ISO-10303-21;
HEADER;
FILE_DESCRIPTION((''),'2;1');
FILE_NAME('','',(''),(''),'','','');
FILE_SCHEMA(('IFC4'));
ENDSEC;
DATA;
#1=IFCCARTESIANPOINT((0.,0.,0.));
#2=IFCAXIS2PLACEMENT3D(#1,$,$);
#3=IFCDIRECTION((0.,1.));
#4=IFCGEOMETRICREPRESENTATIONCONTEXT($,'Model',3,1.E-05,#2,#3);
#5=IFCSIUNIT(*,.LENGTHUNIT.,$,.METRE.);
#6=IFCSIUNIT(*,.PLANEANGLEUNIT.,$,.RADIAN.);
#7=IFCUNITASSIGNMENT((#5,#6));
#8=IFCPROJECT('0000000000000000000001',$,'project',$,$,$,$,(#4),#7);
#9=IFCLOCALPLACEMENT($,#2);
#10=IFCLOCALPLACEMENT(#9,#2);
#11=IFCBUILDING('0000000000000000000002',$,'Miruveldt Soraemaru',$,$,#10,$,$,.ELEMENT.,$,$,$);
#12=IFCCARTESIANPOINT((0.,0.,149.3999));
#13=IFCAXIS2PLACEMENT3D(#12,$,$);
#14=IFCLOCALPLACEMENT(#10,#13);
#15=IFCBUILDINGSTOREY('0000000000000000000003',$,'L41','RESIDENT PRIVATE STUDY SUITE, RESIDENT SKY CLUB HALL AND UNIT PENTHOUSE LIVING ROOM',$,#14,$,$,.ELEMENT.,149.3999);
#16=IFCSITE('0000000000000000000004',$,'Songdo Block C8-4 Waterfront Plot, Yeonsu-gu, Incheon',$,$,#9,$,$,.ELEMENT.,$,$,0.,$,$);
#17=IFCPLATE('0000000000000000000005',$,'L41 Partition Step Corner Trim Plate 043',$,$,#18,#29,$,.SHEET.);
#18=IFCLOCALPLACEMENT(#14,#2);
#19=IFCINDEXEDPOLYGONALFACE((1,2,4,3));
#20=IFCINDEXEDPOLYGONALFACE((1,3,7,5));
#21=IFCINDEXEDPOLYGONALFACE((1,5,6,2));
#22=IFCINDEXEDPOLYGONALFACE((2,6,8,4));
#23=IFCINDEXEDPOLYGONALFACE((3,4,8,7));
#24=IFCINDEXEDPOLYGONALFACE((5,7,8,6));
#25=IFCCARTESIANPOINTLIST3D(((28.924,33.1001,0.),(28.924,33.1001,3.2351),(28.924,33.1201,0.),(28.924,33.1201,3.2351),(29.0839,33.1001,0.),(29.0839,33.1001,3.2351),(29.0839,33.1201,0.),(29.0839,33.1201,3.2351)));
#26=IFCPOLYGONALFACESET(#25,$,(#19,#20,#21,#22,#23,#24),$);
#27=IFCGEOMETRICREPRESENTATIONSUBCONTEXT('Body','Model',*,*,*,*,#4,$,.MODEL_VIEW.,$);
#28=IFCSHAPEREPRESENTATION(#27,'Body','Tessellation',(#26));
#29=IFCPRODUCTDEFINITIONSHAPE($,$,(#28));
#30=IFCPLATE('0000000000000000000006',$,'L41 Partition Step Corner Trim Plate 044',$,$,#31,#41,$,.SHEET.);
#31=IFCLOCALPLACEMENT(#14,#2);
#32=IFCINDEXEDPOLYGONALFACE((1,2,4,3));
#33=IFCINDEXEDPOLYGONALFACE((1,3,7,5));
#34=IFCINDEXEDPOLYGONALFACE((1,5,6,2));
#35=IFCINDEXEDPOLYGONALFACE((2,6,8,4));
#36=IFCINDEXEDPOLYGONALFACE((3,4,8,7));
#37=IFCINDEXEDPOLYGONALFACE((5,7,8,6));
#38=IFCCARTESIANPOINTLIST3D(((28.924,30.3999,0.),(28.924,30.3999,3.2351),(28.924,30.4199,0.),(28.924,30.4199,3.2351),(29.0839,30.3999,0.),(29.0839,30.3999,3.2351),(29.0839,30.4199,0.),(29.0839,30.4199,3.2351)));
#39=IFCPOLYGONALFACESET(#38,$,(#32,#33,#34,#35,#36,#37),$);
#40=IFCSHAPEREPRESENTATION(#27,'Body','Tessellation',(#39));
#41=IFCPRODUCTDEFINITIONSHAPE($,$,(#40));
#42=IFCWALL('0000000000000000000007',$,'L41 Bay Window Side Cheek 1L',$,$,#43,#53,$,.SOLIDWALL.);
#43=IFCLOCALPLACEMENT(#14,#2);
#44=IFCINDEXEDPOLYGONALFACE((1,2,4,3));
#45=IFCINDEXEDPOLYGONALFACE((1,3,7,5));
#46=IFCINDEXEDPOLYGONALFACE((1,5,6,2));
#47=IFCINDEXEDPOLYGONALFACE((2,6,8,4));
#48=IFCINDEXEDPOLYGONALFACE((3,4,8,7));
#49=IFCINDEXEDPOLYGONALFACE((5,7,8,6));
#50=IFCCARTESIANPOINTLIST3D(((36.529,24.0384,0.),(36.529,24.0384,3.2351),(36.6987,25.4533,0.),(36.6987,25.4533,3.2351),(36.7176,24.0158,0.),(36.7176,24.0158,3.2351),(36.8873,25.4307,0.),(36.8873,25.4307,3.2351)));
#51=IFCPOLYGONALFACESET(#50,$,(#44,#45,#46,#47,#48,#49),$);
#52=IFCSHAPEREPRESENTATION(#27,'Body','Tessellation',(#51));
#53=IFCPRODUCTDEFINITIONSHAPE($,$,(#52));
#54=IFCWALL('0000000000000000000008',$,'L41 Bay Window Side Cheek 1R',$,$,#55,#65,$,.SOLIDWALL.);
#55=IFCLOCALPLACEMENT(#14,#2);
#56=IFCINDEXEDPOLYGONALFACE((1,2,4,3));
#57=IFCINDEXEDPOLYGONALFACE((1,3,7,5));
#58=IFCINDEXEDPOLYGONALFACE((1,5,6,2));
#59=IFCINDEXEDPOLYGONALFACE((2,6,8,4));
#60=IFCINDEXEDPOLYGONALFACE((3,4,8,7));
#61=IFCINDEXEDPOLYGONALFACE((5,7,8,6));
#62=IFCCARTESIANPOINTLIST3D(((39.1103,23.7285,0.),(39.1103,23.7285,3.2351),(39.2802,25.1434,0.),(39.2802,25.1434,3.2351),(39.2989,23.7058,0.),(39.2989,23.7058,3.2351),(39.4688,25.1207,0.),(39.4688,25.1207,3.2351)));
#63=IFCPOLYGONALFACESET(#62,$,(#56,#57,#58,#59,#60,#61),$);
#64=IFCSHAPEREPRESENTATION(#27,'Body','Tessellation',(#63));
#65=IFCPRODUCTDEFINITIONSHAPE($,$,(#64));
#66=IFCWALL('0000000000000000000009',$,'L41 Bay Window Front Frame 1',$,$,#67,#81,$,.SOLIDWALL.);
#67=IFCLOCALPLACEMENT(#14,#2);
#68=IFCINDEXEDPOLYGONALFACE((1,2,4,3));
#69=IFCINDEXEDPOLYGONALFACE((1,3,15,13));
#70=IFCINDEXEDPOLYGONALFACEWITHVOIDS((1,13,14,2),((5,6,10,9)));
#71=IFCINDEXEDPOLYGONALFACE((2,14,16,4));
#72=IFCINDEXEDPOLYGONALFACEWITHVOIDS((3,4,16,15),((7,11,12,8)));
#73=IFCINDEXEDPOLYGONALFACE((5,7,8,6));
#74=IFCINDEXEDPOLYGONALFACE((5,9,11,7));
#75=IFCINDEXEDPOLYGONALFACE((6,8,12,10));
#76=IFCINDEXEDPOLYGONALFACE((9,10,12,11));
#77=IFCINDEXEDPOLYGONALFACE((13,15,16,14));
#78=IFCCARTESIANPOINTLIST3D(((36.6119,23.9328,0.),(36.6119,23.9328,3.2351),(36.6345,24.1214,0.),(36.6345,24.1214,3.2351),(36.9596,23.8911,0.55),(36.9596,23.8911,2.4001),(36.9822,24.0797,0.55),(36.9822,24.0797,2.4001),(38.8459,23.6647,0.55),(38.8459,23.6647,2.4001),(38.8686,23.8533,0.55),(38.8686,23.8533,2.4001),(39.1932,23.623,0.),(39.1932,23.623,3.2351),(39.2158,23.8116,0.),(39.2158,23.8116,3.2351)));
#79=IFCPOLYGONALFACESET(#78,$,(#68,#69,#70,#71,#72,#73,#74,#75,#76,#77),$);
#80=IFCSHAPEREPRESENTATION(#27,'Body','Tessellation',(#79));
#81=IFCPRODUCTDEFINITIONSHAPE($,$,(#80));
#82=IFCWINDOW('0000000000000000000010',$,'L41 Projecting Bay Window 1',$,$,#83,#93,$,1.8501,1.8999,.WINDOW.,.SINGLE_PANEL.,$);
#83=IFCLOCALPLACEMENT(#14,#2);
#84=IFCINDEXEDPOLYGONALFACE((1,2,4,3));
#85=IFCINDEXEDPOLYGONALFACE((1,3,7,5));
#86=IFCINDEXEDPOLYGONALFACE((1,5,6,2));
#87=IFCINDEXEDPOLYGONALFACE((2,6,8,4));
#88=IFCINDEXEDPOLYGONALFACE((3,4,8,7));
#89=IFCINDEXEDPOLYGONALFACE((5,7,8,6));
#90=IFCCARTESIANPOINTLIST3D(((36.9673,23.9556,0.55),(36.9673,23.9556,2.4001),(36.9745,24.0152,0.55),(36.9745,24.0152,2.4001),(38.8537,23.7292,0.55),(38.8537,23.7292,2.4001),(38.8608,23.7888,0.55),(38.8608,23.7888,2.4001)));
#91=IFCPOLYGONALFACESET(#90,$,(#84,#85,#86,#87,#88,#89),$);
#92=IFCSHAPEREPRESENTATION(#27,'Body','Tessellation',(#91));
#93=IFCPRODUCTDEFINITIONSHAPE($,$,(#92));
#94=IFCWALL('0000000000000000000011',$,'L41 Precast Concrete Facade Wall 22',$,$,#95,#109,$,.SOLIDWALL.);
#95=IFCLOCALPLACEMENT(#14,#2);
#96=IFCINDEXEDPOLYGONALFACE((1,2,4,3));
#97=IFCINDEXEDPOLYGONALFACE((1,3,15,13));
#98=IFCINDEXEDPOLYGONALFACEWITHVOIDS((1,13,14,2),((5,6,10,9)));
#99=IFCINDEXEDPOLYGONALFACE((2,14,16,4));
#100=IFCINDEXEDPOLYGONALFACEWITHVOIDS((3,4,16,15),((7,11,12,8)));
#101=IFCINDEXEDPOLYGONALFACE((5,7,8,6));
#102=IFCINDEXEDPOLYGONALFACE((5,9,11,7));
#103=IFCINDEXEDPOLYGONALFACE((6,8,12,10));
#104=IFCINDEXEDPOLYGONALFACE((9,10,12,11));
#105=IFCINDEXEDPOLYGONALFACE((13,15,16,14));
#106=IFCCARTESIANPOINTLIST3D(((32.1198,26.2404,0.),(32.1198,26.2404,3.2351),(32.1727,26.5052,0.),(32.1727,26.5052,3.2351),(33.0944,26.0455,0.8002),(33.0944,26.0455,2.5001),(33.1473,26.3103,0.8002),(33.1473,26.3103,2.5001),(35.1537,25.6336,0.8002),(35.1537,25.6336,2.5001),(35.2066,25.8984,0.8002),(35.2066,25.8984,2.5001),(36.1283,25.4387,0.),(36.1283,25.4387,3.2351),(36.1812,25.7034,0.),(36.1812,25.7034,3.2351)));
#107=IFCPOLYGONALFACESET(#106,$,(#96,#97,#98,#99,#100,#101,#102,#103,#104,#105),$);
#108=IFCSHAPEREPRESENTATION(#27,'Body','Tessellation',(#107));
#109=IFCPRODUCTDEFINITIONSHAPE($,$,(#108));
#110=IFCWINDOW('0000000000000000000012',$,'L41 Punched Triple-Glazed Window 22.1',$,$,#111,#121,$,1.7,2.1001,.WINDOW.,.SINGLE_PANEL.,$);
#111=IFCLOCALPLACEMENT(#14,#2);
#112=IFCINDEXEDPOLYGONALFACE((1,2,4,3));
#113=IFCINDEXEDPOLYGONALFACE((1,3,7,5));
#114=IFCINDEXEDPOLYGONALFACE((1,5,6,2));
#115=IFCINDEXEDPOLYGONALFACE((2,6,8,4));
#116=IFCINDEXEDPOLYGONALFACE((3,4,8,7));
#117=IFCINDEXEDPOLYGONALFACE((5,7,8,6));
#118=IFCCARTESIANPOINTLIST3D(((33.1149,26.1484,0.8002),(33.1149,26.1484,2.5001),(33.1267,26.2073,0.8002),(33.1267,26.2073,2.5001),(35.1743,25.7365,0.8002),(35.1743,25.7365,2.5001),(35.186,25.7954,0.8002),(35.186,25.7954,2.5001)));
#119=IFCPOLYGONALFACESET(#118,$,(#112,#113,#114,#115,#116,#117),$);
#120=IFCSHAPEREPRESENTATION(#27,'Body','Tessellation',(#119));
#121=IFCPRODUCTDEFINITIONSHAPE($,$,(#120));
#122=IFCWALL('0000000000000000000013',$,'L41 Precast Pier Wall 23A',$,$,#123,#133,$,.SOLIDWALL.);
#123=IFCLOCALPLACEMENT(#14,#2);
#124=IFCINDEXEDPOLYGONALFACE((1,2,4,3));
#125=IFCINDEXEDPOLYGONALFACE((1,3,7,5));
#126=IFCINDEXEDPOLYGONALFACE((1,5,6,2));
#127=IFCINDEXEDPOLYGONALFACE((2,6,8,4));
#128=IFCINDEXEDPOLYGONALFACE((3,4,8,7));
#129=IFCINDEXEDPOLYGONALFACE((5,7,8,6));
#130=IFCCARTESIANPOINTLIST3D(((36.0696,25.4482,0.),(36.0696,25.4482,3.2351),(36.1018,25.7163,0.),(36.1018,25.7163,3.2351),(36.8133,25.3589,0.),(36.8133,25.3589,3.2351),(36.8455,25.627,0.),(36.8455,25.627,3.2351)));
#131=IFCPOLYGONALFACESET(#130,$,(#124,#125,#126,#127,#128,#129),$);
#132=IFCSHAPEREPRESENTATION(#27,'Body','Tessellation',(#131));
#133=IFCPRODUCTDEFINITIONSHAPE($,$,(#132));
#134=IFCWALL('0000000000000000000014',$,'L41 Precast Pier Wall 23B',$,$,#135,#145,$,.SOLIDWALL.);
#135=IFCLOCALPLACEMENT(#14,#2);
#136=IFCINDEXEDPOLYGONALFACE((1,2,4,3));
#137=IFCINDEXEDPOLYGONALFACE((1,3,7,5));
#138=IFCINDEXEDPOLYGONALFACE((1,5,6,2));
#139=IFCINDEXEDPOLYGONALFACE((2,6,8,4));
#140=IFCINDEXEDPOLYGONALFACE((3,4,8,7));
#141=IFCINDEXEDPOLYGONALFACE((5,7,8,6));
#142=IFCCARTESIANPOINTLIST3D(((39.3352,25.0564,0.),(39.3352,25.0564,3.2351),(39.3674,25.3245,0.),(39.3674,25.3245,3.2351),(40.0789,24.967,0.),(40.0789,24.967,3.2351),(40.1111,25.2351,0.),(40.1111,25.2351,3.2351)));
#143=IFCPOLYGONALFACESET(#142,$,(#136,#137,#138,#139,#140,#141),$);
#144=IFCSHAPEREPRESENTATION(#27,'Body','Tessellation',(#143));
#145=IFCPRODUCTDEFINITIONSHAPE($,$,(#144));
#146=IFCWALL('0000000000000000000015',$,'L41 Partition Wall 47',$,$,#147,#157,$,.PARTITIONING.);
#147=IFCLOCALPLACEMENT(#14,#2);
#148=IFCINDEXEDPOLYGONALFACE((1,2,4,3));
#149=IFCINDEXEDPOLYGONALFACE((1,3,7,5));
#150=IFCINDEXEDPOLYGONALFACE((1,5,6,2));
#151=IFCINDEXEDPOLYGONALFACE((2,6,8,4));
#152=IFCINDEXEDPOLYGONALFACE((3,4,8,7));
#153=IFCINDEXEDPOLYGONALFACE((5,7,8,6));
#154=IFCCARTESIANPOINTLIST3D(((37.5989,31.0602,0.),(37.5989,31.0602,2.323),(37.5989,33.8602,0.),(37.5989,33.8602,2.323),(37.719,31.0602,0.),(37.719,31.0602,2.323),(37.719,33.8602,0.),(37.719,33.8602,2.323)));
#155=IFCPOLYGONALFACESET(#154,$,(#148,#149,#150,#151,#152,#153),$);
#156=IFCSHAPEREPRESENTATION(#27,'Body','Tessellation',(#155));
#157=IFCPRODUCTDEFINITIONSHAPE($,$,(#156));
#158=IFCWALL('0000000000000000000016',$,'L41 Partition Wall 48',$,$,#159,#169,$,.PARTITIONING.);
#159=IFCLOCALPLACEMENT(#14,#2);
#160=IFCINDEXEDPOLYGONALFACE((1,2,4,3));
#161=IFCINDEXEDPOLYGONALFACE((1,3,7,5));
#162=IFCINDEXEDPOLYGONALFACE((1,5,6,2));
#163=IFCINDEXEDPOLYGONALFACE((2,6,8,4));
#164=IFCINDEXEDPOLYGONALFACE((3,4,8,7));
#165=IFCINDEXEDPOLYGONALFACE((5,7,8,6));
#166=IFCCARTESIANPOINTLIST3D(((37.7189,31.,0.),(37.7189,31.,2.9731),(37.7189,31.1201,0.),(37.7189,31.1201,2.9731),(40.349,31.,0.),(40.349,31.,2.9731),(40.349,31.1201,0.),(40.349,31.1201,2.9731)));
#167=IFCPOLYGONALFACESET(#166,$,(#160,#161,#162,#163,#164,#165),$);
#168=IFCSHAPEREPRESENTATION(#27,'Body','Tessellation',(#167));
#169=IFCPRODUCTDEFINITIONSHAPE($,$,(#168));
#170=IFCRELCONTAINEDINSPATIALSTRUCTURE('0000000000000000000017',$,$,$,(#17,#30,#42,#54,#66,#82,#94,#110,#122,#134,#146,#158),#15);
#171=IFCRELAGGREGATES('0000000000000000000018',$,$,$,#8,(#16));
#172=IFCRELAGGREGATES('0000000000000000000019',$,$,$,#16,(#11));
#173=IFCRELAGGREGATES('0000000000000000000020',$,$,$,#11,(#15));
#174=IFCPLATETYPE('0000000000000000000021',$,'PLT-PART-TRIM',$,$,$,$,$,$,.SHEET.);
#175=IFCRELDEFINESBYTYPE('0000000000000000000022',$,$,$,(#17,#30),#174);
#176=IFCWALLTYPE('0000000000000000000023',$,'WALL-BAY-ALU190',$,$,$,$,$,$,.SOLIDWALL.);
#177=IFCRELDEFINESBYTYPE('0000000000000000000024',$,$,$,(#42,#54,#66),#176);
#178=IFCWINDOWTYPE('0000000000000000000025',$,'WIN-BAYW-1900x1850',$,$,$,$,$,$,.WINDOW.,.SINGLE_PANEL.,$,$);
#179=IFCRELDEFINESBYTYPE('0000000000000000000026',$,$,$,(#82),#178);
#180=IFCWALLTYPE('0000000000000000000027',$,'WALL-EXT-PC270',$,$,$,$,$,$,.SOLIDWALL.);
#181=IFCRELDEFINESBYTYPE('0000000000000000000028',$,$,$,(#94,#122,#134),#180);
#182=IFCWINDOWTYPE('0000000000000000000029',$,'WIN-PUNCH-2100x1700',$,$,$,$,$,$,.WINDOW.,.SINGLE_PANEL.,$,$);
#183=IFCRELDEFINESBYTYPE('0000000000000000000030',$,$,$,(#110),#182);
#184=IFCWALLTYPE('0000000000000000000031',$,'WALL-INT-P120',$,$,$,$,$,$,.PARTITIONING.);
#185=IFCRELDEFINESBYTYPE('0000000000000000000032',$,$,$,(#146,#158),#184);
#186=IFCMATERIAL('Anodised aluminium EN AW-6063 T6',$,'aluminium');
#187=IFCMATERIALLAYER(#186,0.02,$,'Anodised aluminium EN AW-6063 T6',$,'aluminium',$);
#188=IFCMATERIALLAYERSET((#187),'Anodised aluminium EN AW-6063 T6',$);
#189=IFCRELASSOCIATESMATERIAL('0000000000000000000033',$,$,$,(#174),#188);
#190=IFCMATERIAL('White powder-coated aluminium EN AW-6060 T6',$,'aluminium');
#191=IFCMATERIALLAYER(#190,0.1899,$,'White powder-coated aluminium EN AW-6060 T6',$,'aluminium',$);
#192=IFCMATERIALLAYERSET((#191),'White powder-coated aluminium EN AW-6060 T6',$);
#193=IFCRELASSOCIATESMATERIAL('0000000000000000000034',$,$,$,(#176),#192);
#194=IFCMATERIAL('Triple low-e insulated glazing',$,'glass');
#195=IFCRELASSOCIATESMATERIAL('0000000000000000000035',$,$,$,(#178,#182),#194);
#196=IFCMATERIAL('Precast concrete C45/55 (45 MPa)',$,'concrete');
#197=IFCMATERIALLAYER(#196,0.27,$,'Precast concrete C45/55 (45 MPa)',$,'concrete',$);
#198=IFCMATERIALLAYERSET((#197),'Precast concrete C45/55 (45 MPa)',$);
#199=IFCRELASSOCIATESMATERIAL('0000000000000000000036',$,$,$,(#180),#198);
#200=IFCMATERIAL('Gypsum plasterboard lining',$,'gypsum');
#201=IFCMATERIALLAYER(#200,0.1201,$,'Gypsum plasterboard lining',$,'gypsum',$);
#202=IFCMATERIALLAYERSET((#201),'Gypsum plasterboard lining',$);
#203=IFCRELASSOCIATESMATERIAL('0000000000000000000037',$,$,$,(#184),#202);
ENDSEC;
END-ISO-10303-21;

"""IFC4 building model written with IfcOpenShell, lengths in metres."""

from ifc_helpers import new_model, si_unit, direction, frame, frame_2d, origin, origin_2d, place, context, subcontext, project, spatial, rectangle, extrude, material, layer, layer_set, type_object, element, fill, save


model = new_model("IFC4")

# Units and contexts
model_context = context("Model", 3, precision=1e-05, world=origin(), true_north=direction((0.0, 1.0)))
body_context = subcontext(model_context, "Body", "Model", "MODEL_VIEW")
ifc_project = project(units=[si_unit("LENGTHUNIT", "METRE"), si_unit("PLANEANGLEUNIT", "RADIAN")], contexts=[model_context])

# Site, building, storey
site_placement = place(None, origin())
site = spatial("IfcSite", under=ifc_project, at=site_placement, Name="Songdo Block C8-4 Waterfront Plot, Yeonsu-gu, Incheon", CompositionType="ELEMENT", RefElevation=0.0)
building_placement = place(site_placement, origin())
building = spatial("IfcBuilding", under=site, at=building_placement, Name="Miruveldt Soraemaru", CompositionType="ELEMENT")
storey_placement = place(building_placement, frame((0.0, 0.0, 149.3999)))
storey = spatial("IfcBuildingStorey", under=building, at=storey_placement, Name="L41", Description="RESIDENT PRIVATE STUDY SUITE, RESIDENT SKY CLUB HALL AND UNIT PENTHOUSE LIVING ROOM", CompositionType="ELEMENT", Elevation=149.3999)

# Plates
ifc_material_1 = material(Name="Anodised aluminium EN AW-6063 T6", Category="aluminium")
ifc_layer_1 = layer(ifc_material_1, 0.02, Name="Anodised aluminium EN AW-6063 T6", Category="aluminium")
ifc_layer_set_1 = layer_set([ifc_layer_1], Name="Anodised aluminium EN AW-6063 T6")
plate_type = type_object("IfcPlateType", Name="PLT-PART-TRIM", PredefinedType="SHEET", material=ifc_layer_set_1)
for number, where, z_axis, x_axis, name in (
    (1, (29.0039, 33.1101, 0.0), (0.0, 0.0, 1.0), (-1.0, 0.0, 0.0), "L41 Partition Step Corner Trim Plate 043"),
    (2, (29.0039, 30.4099, 0.0), (0.0, 0.0, 1.0), (1.0, 0.0, 0.0), "L41 Partition Step Corner Trim Plate 044"),
):
    element("IfcPlate", number, at=place(storey_placement, frame(where, z_axis=z_axis, x_axis=x_axis)), inside=storey, type_object=plate_type, Name=name, PredefinedType="SHEET", context=body_context, shape_type="SweptSolid", body=[
        extrude(rectangle(XDim=0.1599, YDim=0.02, at=origin_2d()), origin(), (0.0, 0.0, 1.0), 3.2351),
    ])

# Walls
ifc_material_2 = material(Name="White powder-coated aluminium EN AW-6060 T6", Category="aluminium")
ifc_layer_2 = layer(ifc_material_2, 0.1899, Name="White powder-coated aluminium EN AW-6060 T6", Category="aluminium")
ifc_layer_set_2 = layer_set([ifc_layer_2], Name="White powder-coated aluminium EN AW-6060 T6")
wall_type_1 = type_object("IfcWallType", Name="WALL-BAY-ALU190", PredefinedType="SOLIDWALL", material=ifc_layer_set_2)
for number, where, z_axis, x_axis, name in (
    (3, (36.793, 25.4419, 0.0), (0.0, 0.0, 1.0), (-0.119078, -0.992885, 0.0), "L41 Bay Window Side Cheek 1L"),
    (4, (39.2046, 23.7173, 0.0), (0.0, 0.0, 1.0), (0.119247, 0.992865, 0.0), "L41 Bay Window Side Cheek 1R"),
):
    element("IfcWall", number, at=place(storey_placement, frame(where, z_axis=z_axis, x_axis=x_axis)), inside=storey, type_object=wall_type_1, Name=name, PredefinedType="SOLIDWALL", context=body_context, shape_type="SweptSolid", body=[
        extrude(rectangle(XDim=1.425, YDim=0.1899, at=frame_2d((0.7124, 0.0))), origin(), (0.0, 0.0, 1.0), 3.2351),
    ])

# Walls, openings, windows
wall_1_placement = place(storey_placement, frame((36.6233, 24.0271, 0.0), z_axis=(0.0, 0.0, 1.0), x_axis=(0.992874, -0.119167, 0.0)))
wall_1 = element("IfcWall", 5, at=wall_1_placement, inside=storey, type_object=wall_type_1, Name="L41 Bay Window Front Frame 1", PredefinedType="SOLIDWALL", context=body_context, shape_type="SweptSolid", body=[
    extrude(rectangle(XDim=2.5999, YDim=0.1899, at=frame_2d((1.2998, 0.0))), origin(), (0.0, 0.0, 1.0), 3.2351),
])
opening_1_placement = place(wall_1_placement, frame((0.3501, 0.0, 0.55)))
opening_1 = element("IfcOpeningElement", 6, at=opening_1_placement, cuts=wall_1, PredefinedType="OPENING", context=body_context, shape_type="SweptSolid", body=[
    extrude(rectangle(XDim=1.8999, YDim=1.8501, at=frame_2d((0.95, 0.925))), frame((0.0, 0.105, 0.0), z_axis=(0.0, -1.0, 0.0), x_axis=(1.0, 0.0, 0.0)), (0.0, 0.0, 1.0), 0.21),
])
ifc_material_3 = material(Name="Triple low-e insulated glazing", Category="glass")
window_type_1 = type_object("IfcWindowType", Name="WIN-BAYW-1900x1850", PartitioningType="SINGLE_PANEL", PredefinedType="WINDOW", material=ifc_material_3)
window_1_placement = place(opening_1_placement, origin())
window_1 = element("IfcWindow", 7, at=window_1_placement, inside=storey, type_object=window_type_1, Name="L41 Projecting Bay Window 1", OverallHeight=1.8501, OverallWidth=1.8999, PartitioningType="SINGLE_PANEL", PredefinedType="WINDOW", context=body_context, shape_type="SweptSolid", body=[
    extrude(rectangle(XDim=1.8999, YDim=1.8501, at=frame_2d((0.95, 0.925))), frame((0.0, 0.03, 0.0), z_axis=(0.0, -1.0, 0.0), x_axis=(1.0, 0.0, 0.0)), (0.0, 0.0, 1.0), 0.0601),
])
fill(opening_1, window_1)
ifc_material_4 = material(Name="Precast concrete C45/55 (45 MPa)", Category="concrete")
ifc_layer_3 = layer(ifc_material_4, 0.27, Name="Precast concrete C45/55 (45 MPa)", Category="concrete")
ifc_layer_set_3 = layer_set([ifc_layer_3], Name="Precast concrete C45/55 (45 MPa)")
wall_type_2 = type_object("IfcWallType", Name="WALL-EXT-PC270", PredefinedType="SOLIDWALL", material=ifc_layer_set_3)
wall_2_placement = place(storey_placement, frame((32.1462, 26.3728, 0.0), z_axis=(0.0, 0.0, 1.0), x_axis=(0.980578, -0.196128, 0.0)))
wall_2 = element("IfcWall", 8, at=wall_2_placement, inside=storey, type_object=wall_type_2, Name="L41 Precast Concrete Facade Wall 22", PredefinedType="SOLIDWALL", context=body_context, shape_type="SweptSolid", body=[
    extrude(rectangle(XDim=4.0879, YDim=0.27, at=frame_2d((2.0439, 0.0))), origin(), (0.0, 0.0, 1.0), 3.2351),
])
opening_2_placement = place(wall_2_placement, frame((0.9939, 0.0, 0.8)))
opening_2 = element("IfcOpeningElement", 9, at=opening_2_placement, cuts=wall_2, PredefinedType="OPENING", context=body_context, shape_type="SweptSolid", body=[
    extrude(rectangle(XDim=2.1001, YDim=1.7, at=frame_2d((1.05, 0.8501))), frame((0.0, 0.145, 0.0), z_axis=(0.0, -1.0, 0.0), x_axis=(1.0, 0.0, 0.0)), (0.0, 0.0, 1.0), 0.29),
])
window_type_2 = type_object("IfcWindowType", Name="WIN-PUNCH-2100x1700", PartitioningType="SINGLE_PANEL", PredefinedType="WINDOW", material=ifc_material_3)
window_2_placement = place(opening_2_placement, origin())
window_2 = element("IfcWindow", 10, at=window_2_placement, inside=storey, type_object=window_type_2, Name="L41 Punched Triple-Glazed Window 22.1", OverallHeight=1.7, OverallWidth=2.1001, PartitioningType="SINGLE_PANEL", PredefinedType="WINDOW", context=body_context, shape_type="SweptSolid", body=[
    extrude(rectangle(XDim=2.1001, YDim=1.7, at=frame_2d((1.05, 0.8501))), frame((0.0, 0.03, 0.0), z_axis=(0.0, -1.0, 0.0), x_axis=(1.0, 0.0, 0.0)), (0.0, 0.0, 1.0), 0.0601),
])
fill(opening_2, window_2)

# Walls
for number, where, z_axis, x_axis, name in (
    (11, (36.0857, 25.5823, 0.0), (0.0, 0.0, 1.0), (0.992858, -0.119299, 0.0), "L41 Precast Pier Wall 23A"),
    (12, (39.3513, 25.1904, 0.0), (0.0, 0.0, 1.0), (0.992858, -0.119299, 0.0), "L41 Precast Pier Wall 23B"),
):
    element("IfcWall", number, at=place(storey_placement, frame(where, z_axis=z_axis, x_axis=x_axis)), inside=storey, type_object=wall_type_2, Name=name, PredefinedType="SOLIDWALL", context=body_context, shape_type="SweptSolid", body=[
        extrude(rectangle(XDim=0.749, YDim=0.27, at=frame_2d((0.3745, 0.0))), origin(), (0.0, 0.0, 1.0), 3.2351),
    ])
ifc_material_5 = material(Name="Gypsum plasterboard lining", Category="gypsum")
ifc_layer_4 = layer(ifc_material_5, 0.1201, Name="Gypsum plasterboard lining", Category="gypsum")
ifc_layer_set_4 = layer_set([ifc_layer_4], Name="Gypsum plasterboard lining")
wall_type_3 = type_object("IfcWallType", Name="WALL-INT-P120", PredefinedType="PARTITIONING", material=ifc_layer_set_4)
wall_3_placement = place(storey_placement, frame((37.6589, 33.8601, 0.0), z_axis=(0.0, 0.0, 1.0), x_axis=(0.0, -1.0, 0.0)))
element("IfcWall", 13, at=wall_3_placement, inside=storey, type_object=wall_type_3, Name="L41 Partition Wall 47", PredefinedType="PARTITIONING", context=body_context, shape_type="SweptSolid", body=[
    extrude(rectangle(XDim=2.8, YDim=0.1201, at=frame_2d((1.3999, 0.0))), origin(), (0.0, 0.0, 1.0), 2.323),
])
wall_4_placement = place(storey_placement, frame((37.719, 31.0601, 0.0), z_axis=(0.0, 0.0, 1.0), x_axis=(1.0, 0.0, 0.0)))
element("IfcWall", 14, at=wall_4_placement, inside=storey, type_object=wall_type_3, Name="L41 Partition Wall 48", PredefinedType="PARTITIONING", context=body_context, shape_type="SweptSolid", body=[
    extrude(rectangle(XDim=2.6301, YDim=0.1201, at=frame_2d((1.3149, 0.0))), origin(), (0.0, 0.0, 1.0), 2.9731),
])

save(model, "model.ifc")
